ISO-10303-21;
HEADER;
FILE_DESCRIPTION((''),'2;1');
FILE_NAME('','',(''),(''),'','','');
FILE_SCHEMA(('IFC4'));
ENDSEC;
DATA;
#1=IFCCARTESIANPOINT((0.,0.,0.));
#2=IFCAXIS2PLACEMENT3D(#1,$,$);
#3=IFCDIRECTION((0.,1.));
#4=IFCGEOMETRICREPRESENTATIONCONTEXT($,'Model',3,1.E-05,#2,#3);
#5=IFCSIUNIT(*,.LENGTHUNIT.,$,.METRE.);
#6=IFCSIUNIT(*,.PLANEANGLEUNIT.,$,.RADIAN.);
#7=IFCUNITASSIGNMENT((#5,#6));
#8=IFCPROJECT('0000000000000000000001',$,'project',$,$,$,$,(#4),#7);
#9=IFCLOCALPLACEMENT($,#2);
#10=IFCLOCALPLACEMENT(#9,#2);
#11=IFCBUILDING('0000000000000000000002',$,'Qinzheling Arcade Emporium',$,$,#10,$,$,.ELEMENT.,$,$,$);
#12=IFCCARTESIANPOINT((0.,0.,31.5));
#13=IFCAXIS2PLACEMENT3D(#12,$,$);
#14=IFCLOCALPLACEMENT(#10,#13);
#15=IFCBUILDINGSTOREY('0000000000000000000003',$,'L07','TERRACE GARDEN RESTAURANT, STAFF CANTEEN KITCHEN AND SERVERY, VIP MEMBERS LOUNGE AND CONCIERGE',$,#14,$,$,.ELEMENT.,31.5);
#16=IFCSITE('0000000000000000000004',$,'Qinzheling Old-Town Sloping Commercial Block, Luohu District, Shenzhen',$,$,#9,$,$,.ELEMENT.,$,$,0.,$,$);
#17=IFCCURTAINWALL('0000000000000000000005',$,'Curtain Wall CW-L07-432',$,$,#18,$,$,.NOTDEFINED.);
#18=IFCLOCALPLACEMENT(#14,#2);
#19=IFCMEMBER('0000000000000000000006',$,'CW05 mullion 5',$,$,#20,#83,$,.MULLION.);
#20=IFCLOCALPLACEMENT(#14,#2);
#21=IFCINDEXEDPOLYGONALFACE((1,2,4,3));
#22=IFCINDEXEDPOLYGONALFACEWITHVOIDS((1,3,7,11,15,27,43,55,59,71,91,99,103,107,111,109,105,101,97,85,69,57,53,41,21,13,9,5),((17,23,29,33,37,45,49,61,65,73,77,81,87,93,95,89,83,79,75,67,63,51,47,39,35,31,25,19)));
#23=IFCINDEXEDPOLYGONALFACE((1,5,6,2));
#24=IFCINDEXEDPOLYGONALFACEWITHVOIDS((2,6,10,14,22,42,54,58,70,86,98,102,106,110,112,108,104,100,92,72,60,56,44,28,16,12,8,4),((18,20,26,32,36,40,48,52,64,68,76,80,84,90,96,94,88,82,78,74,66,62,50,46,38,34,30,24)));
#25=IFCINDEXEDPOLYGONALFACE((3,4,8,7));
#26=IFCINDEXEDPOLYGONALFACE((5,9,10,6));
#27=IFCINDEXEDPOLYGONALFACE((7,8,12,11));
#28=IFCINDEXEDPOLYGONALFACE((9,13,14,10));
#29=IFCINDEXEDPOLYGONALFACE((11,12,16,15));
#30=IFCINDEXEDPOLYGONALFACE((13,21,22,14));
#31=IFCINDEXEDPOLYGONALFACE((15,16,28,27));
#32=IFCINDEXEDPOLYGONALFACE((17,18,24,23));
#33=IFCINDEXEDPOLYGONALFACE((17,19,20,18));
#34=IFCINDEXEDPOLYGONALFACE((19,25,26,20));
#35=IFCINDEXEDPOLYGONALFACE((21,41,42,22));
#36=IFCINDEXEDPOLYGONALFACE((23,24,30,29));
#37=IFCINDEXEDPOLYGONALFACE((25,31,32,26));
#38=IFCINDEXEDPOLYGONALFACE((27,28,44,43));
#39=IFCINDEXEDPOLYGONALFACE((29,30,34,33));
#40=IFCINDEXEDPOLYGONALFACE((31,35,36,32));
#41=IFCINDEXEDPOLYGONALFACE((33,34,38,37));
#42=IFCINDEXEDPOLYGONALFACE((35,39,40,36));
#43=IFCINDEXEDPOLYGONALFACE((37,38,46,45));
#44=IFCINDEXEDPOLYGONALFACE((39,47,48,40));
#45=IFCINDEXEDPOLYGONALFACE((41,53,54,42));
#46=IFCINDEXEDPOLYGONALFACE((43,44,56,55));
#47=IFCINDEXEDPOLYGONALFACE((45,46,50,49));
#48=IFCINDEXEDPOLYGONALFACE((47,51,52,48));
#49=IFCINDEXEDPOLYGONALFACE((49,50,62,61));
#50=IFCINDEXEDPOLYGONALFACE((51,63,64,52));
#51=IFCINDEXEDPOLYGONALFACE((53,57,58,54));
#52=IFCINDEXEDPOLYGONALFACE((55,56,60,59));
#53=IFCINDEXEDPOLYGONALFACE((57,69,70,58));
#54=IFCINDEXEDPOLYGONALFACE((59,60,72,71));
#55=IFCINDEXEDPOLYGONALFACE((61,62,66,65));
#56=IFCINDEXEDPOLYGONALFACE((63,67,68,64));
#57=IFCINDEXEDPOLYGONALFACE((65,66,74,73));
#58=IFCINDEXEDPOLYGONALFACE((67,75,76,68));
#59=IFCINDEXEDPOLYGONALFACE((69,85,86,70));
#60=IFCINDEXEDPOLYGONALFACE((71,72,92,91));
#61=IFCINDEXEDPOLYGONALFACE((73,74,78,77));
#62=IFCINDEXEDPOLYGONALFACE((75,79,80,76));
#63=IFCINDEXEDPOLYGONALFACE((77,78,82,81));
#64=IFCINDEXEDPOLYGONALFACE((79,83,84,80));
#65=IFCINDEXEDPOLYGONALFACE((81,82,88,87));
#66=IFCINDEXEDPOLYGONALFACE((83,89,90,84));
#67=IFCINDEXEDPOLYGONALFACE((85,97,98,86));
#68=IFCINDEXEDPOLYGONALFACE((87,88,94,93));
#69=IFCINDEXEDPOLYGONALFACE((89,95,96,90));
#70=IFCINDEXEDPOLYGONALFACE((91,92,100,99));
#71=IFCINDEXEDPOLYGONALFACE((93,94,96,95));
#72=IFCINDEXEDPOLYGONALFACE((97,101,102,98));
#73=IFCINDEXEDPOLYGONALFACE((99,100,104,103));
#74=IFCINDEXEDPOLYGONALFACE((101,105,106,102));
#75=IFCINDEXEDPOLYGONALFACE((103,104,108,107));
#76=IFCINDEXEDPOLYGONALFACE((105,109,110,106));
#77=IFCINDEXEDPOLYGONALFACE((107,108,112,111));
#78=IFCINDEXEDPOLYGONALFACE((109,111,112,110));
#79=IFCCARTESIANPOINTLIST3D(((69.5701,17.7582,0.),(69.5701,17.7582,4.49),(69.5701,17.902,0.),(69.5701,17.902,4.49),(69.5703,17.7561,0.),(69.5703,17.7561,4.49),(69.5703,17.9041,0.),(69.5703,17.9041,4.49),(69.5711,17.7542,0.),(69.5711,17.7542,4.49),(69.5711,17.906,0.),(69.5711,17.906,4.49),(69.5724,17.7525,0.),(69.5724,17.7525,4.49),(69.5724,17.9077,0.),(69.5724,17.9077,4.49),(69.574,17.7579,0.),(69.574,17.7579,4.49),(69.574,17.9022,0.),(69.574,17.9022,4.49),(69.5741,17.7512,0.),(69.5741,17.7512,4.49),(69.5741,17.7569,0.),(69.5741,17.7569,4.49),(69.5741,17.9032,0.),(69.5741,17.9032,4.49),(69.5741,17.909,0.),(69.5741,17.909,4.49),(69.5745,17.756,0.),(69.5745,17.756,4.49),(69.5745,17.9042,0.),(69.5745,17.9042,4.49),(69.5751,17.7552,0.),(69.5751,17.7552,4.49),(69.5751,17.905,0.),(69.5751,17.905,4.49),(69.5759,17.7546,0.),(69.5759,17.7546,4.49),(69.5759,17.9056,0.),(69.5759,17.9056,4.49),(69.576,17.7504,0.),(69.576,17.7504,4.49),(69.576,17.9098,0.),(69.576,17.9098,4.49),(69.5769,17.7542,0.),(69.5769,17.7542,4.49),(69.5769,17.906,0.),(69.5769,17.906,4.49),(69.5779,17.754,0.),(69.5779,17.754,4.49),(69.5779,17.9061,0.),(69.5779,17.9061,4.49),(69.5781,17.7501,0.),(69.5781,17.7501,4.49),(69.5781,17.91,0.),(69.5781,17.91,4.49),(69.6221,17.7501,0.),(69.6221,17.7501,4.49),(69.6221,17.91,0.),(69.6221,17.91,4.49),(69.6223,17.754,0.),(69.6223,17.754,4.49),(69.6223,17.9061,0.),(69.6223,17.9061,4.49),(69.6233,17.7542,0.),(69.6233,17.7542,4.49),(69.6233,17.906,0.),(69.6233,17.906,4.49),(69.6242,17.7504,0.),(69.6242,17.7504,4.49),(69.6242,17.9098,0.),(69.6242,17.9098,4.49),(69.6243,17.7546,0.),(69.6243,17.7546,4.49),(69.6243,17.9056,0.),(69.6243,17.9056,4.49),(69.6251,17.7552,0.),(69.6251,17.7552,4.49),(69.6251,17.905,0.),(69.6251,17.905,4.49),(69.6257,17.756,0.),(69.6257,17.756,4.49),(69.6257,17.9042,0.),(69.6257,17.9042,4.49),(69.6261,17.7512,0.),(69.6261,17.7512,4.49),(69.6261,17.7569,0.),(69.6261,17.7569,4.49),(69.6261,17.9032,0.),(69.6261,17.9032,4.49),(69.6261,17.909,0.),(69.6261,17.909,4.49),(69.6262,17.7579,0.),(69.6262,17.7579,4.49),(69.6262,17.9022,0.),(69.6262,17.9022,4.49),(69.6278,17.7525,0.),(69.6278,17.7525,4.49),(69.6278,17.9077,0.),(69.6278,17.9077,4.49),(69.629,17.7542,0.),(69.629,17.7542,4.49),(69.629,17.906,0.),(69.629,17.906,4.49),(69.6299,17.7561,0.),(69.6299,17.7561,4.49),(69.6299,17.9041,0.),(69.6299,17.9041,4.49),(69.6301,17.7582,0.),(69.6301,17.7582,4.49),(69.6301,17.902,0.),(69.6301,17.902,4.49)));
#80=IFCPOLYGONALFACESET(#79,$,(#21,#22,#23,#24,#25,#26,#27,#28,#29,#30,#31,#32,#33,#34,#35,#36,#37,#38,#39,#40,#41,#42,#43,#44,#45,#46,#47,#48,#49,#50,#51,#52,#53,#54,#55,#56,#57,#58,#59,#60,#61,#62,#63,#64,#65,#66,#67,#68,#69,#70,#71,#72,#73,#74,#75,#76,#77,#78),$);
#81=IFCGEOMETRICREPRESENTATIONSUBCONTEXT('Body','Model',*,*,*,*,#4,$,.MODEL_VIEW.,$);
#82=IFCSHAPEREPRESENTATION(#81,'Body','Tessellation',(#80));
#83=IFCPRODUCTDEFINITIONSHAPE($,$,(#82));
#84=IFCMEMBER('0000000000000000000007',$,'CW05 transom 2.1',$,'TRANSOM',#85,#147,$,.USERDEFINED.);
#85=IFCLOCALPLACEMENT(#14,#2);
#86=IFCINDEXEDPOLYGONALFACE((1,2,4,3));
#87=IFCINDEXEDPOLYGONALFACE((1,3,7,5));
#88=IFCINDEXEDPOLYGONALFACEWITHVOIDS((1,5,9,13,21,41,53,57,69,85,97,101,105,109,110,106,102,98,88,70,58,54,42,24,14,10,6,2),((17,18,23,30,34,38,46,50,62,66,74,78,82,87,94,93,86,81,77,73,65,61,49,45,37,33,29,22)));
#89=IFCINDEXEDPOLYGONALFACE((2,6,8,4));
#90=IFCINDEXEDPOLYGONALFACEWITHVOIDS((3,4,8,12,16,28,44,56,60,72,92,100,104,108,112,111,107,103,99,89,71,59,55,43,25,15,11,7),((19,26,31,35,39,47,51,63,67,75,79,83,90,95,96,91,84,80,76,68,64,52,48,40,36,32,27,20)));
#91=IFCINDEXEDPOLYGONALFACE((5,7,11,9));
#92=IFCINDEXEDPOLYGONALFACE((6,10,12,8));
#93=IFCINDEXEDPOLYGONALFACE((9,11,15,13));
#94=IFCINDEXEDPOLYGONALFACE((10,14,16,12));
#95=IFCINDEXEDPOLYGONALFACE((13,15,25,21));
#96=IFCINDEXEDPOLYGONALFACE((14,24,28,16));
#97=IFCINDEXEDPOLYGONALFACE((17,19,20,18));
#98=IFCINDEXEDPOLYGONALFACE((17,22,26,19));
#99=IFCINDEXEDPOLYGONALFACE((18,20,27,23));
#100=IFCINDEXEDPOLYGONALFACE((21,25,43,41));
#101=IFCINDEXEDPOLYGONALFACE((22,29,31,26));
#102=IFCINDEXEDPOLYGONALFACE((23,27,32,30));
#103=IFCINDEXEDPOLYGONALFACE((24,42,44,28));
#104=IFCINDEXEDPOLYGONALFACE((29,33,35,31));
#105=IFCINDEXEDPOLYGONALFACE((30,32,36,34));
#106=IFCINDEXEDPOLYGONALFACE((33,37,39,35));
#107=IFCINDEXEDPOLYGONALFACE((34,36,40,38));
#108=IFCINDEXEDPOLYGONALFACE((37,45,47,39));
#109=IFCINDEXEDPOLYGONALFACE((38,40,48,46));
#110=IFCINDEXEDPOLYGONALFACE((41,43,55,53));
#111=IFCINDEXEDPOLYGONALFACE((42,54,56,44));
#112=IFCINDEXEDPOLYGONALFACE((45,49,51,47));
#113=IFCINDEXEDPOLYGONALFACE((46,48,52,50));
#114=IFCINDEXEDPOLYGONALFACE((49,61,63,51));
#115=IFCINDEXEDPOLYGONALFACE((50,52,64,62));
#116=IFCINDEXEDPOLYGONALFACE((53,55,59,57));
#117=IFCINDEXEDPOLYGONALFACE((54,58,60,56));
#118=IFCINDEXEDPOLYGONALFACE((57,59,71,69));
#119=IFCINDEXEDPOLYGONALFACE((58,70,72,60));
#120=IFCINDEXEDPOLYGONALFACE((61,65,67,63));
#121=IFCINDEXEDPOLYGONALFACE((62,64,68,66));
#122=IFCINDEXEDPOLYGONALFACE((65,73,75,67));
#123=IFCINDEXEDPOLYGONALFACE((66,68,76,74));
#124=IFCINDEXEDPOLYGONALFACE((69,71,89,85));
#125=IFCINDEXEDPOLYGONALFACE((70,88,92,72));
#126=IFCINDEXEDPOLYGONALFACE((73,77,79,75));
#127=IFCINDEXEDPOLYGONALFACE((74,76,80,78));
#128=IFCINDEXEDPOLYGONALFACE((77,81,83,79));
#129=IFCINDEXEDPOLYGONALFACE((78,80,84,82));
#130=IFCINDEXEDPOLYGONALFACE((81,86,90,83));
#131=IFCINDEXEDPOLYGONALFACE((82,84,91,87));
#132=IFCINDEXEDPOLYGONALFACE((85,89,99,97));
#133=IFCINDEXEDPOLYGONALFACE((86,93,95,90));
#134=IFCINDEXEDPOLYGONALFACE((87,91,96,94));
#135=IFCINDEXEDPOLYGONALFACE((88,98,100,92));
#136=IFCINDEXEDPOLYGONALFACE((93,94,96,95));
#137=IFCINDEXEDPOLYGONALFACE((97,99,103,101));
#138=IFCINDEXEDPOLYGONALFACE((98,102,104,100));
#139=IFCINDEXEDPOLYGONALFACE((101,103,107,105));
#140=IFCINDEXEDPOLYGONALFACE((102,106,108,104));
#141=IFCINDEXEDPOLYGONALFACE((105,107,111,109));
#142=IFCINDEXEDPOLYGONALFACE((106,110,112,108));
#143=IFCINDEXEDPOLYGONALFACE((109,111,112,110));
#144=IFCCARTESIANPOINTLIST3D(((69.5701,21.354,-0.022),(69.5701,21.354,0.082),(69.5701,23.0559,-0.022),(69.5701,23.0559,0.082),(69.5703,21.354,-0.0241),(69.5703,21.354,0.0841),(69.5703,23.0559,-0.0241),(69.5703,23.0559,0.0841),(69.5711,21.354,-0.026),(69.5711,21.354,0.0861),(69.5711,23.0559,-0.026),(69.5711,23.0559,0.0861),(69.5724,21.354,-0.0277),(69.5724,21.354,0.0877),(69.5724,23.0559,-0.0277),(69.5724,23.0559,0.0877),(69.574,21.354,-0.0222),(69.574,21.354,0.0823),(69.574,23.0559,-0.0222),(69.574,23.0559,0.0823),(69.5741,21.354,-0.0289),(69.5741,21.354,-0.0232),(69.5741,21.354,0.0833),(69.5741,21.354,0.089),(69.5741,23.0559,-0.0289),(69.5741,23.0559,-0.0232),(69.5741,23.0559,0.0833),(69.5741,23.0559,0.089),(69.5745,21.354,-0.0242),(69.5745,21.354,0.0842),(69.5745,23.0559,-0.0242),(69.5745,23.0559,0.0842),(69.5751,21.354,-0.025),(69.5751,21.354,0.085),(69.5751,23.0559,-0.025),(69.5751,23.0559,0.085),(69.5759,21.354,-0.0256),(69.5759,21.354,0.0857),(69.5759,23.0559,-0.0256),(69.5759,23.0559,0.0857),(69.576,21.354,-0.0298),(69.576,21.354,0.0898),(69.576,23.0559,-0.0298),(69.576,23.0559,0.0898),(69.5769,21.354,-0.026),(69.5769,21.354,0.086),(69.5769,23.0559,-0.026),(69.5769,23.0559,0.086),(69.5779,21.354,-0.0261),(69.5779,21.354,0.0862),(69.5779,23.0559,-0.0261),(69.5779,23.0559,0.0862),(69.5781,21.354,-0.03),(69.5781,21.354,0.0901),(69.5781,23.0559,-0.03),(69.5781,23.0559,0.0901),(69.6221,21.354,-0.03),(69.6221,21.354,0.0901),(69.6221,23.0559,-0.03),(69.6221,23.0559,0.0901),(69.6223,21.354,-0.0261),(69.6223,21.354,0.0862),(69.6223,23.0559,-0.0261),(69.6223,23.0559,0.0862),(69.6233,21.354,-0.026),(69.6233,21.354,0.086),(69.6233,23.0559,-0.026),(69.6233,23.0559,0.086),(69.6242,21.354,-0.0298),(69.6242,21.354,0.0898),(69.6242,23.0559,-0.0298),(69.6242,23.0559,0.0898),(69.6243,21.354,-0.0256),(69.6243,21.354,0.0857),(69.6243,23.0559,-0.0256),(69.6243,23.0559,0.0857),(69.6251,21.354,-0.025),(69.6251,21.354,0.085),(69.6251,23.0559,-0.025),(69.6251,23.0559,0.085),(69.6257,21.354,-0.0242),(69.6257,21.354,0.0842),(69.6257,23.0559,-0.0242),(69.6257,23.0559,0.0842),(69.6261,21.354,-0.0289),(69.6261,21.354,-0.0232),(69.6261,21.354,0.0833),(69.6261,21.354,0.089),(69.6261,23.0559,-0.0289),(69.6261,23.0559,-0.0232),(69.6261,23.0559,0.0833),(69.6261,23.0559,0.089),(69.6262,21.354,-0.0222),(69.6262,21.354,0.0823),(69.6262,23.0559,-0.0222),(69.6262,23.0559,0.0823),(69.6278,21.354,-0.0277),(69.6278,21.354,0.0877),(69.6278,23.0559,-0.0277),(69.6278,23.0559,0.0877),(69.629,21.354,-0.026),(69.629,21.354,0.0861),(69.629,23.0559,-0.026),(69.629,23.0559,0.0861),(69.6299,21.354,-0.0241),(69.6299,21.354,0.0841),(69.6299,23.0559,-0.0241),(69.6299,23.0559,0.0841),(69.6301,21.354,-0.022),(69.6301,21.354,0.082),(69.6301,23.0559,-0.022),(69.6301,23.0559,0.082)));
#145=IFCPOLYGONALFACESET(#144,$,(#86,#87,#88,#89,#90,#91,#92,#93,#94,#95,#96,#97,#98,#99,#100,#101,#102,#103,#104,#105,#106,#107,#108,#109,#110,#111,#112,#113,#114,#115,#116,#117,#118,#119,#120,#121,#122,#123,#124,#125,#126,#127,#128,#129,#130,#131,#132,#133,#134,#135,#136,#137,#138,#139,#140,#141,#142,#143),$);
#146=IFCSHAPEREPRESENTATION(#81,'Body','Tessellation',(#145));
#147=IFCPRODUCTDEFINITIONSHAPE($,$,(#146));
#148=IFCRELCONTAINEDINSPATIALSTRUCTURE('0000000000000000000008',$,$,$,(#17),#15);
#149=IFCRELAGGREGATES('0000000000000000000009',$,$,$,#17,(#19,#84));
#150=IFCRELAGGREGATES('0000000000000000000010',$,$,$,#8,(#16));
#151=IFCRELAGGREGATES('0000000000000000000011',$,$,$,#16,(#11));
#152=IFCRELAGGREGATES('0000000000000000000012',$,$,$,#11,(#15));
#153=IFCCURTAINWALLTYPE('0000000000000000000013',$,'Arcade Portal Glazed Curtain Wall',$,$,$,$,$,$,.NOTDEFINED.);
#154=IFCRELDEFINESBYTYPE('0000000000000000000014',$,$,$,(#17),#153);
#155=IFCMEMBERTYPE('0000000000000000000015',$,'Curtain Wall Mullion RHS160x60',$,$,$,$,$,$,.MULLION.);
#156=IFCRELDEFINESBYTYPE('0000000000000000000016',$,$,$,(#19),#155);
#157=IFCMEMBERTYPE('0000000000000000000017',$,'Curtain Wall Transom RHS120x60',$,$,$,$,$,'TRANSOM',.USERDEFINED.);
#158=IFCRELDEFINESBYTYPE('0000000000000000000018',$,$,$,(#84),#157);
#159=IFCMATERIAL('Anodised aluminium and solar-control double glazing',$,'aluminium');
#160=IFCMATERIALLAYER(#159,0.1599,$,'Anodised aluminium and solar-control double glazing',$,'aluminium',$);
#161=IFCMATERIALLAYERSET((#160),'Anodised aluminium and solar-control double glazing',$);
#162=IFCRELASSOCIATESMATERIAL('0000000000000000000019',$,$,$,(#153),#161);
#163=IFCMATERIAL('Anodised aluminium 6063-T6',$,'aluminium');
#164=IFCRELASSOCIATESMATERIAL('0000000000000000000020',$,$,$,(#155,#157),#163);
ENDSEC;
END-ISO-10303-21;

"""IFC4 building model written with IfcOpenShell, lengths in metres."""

from ifc_helpers import new_model, si_unit, direction, frame, origin, origin_2d, place, context, subcontext, project, spatial, hollow_rectangle, extrude, material, layer, layer_set, material_profile, profile_set, type_object, element, aggregate, save


model = new_model("IFC4")

# Units and contexts
model_context = context("Model", 3, precision=1e-05, world=origin(), true_north=direction((0.0, 1.0)))
body_context = subcontext(model_context, "Body", "Model", "MODEL_VIEW")
ifc_project = project(units=[si_unit("LENGTHUNIT", "METRE"), si_unit("PLANEANGLEUNIT", "RADIAN")], contexts=[model_context])

# Site, building, storey
site_placement = place(None, origin())
site = spatial("IfcSite", under=ifc_project, at=site_placement, Name="Qinzheling Old-Town Sloping Commercial Block, Luohu District, Shenzhen", CompositionType="ELEMENT", RefElevation=0.0)
building_placement = place(site_placement, origin())
building = spatial("IfcBuilding", under=site, at=building_placement, Name="Qinzheling Arcade Emporium", CompositionType="ELEMENT")
storey_placement = place(building_placement, frame((0.0, 0.0, 31.5)))
storey = spatial("IfcBuildingStorey", under=building, at=storey_placement, Name="L07", Description="TERRACE GARDEN RESTAURANT, STAFF CANTEEN KITCHEN AND SERVERY, VIP MEMBERS LOUNGE AND CONCIERGE", CompositionType="ELEMENT", Elevation=31.5)

# Curtain wall, members
ifc_material_1 = material(Name="Anodised aluminium and solar-control double glazing", Category="aluminium")
ifc_layer_1 = layer(ifc_material_1, 0.1599, Name="Anodised aluminium and solar-control double glazing", Category="aluminium")
ifc_layer_set_1 = layer_set([ifc_layer_1], Name="Anodised aluminium and solar-control double glazing")
curtain_wall_type = type_object("IfcCurtainWallType", Name="Arcade Portal Glazed Curtain Wall", PredefinedType="NOTDEFINED", material=ifc_layer_set_1)
curtain_wall_placement = place(storey_placement, origin())
curtain_wall = element("IfcCurtainWall", 1, at=curtain_wall_placement, inside=storey, type_object=curtain_wall_type, Name="Curtain Wall CW-L07-432", PredefinedType="NOTDEFINED")
ifc_material_2 = material(Name="Anodised aluminium 6063-T6", Category="aluminium")
ifc_material_profile_1 = material_profile(ifc_material_2, hollow_rectangle(XDim=0.0601, YDim=0.1599, WallThickness=0.0039, InnerFilletRadius=0.0039, OuterFilletRadius=0.0081, at=origin_2d()), Name="RHS 160x60x4", Category="aluminium")
ifc_profile_set_1 = profile_set([ifc_material_profile_1], Name="Anodised aluminium 6063-T6")
member_type_1 = type_object("IfcMemberType", Name="Curtain Wall Mullion RHS160x60", PredefinedType="MULLION", material=ifc_profile_set_1)
member_1_placement = place(storey_placement, frame((69.6001, 17.8301, 0.0), z_axis=(0.0, 0.0, 1.0), x_axis=(1.0, 0.0, 0.0)))
member_1 = element("IfcMember", 2, at=member_1_placement, type_object=member_type_1, Name="CW05 mullion 5", PredefinedType="MULLION", context=body_context, shape_type="SweptSolid", body=[
    extrude(hollow_rectangle(XDim=0.0601, YDim=0.1599, WallThickness=0.0039, InnerFilletRadius=0.0039, OuterFilletRadius=0.0081, at=origin_2d()), origin(), (0.0, 0.0, 1.0), 4.49),
])
ifc_material_profile_2 = material_profile(ifc_material_2, hollow_rectangle(XDim=0.0601, YDim=0.1201, WallThickness=0.0039, InnerFilletRadius=0.0039, OuterFilletRadius=0.0081, at=origin_2d()), Name="RHS 120x60x4", Category="aluminium")
ifc_profile_set_2 = profile_set([ifc_material_profile_2], Name="Anodised aluminium 6063-T6")
member_type_2 = type_object("IfcMemberType", Name="Curtain Wall Transom RHS120x60", ElementType="TRANSOM", PredefinedType="USERDEFINED", material=ifc_profile_set_2)
member_2_placement = place(storey_placement, frame((69.6001, 23.0559, 0.03), z_axis=(0.0, -1.0, 0.0), x_axis=(1.0, 0.0, 0.0)))
member_2 = element("IfcMember", 3, at=member_2_placement, type_object=member_type_2, Name="CW05 transom 2.1", ObjectType="TRANSOM", PredefinedType="USERDEFINED", context=body_context, shape_type="SweptSolid", body=[
    extrude(hollow_rectangle(XDim=0.0601, YDim=0.1201, WallThickness=0.0039, InnerFilletRadius=0.0039, OuterFilletRadius=0.0081, at=origin_2d()), origin(), (0.0, 0.0, 1.0), 1.7019),
])
aggregate(curtain_wall, [member_1, member_2])

save(model, "model.ifc")
